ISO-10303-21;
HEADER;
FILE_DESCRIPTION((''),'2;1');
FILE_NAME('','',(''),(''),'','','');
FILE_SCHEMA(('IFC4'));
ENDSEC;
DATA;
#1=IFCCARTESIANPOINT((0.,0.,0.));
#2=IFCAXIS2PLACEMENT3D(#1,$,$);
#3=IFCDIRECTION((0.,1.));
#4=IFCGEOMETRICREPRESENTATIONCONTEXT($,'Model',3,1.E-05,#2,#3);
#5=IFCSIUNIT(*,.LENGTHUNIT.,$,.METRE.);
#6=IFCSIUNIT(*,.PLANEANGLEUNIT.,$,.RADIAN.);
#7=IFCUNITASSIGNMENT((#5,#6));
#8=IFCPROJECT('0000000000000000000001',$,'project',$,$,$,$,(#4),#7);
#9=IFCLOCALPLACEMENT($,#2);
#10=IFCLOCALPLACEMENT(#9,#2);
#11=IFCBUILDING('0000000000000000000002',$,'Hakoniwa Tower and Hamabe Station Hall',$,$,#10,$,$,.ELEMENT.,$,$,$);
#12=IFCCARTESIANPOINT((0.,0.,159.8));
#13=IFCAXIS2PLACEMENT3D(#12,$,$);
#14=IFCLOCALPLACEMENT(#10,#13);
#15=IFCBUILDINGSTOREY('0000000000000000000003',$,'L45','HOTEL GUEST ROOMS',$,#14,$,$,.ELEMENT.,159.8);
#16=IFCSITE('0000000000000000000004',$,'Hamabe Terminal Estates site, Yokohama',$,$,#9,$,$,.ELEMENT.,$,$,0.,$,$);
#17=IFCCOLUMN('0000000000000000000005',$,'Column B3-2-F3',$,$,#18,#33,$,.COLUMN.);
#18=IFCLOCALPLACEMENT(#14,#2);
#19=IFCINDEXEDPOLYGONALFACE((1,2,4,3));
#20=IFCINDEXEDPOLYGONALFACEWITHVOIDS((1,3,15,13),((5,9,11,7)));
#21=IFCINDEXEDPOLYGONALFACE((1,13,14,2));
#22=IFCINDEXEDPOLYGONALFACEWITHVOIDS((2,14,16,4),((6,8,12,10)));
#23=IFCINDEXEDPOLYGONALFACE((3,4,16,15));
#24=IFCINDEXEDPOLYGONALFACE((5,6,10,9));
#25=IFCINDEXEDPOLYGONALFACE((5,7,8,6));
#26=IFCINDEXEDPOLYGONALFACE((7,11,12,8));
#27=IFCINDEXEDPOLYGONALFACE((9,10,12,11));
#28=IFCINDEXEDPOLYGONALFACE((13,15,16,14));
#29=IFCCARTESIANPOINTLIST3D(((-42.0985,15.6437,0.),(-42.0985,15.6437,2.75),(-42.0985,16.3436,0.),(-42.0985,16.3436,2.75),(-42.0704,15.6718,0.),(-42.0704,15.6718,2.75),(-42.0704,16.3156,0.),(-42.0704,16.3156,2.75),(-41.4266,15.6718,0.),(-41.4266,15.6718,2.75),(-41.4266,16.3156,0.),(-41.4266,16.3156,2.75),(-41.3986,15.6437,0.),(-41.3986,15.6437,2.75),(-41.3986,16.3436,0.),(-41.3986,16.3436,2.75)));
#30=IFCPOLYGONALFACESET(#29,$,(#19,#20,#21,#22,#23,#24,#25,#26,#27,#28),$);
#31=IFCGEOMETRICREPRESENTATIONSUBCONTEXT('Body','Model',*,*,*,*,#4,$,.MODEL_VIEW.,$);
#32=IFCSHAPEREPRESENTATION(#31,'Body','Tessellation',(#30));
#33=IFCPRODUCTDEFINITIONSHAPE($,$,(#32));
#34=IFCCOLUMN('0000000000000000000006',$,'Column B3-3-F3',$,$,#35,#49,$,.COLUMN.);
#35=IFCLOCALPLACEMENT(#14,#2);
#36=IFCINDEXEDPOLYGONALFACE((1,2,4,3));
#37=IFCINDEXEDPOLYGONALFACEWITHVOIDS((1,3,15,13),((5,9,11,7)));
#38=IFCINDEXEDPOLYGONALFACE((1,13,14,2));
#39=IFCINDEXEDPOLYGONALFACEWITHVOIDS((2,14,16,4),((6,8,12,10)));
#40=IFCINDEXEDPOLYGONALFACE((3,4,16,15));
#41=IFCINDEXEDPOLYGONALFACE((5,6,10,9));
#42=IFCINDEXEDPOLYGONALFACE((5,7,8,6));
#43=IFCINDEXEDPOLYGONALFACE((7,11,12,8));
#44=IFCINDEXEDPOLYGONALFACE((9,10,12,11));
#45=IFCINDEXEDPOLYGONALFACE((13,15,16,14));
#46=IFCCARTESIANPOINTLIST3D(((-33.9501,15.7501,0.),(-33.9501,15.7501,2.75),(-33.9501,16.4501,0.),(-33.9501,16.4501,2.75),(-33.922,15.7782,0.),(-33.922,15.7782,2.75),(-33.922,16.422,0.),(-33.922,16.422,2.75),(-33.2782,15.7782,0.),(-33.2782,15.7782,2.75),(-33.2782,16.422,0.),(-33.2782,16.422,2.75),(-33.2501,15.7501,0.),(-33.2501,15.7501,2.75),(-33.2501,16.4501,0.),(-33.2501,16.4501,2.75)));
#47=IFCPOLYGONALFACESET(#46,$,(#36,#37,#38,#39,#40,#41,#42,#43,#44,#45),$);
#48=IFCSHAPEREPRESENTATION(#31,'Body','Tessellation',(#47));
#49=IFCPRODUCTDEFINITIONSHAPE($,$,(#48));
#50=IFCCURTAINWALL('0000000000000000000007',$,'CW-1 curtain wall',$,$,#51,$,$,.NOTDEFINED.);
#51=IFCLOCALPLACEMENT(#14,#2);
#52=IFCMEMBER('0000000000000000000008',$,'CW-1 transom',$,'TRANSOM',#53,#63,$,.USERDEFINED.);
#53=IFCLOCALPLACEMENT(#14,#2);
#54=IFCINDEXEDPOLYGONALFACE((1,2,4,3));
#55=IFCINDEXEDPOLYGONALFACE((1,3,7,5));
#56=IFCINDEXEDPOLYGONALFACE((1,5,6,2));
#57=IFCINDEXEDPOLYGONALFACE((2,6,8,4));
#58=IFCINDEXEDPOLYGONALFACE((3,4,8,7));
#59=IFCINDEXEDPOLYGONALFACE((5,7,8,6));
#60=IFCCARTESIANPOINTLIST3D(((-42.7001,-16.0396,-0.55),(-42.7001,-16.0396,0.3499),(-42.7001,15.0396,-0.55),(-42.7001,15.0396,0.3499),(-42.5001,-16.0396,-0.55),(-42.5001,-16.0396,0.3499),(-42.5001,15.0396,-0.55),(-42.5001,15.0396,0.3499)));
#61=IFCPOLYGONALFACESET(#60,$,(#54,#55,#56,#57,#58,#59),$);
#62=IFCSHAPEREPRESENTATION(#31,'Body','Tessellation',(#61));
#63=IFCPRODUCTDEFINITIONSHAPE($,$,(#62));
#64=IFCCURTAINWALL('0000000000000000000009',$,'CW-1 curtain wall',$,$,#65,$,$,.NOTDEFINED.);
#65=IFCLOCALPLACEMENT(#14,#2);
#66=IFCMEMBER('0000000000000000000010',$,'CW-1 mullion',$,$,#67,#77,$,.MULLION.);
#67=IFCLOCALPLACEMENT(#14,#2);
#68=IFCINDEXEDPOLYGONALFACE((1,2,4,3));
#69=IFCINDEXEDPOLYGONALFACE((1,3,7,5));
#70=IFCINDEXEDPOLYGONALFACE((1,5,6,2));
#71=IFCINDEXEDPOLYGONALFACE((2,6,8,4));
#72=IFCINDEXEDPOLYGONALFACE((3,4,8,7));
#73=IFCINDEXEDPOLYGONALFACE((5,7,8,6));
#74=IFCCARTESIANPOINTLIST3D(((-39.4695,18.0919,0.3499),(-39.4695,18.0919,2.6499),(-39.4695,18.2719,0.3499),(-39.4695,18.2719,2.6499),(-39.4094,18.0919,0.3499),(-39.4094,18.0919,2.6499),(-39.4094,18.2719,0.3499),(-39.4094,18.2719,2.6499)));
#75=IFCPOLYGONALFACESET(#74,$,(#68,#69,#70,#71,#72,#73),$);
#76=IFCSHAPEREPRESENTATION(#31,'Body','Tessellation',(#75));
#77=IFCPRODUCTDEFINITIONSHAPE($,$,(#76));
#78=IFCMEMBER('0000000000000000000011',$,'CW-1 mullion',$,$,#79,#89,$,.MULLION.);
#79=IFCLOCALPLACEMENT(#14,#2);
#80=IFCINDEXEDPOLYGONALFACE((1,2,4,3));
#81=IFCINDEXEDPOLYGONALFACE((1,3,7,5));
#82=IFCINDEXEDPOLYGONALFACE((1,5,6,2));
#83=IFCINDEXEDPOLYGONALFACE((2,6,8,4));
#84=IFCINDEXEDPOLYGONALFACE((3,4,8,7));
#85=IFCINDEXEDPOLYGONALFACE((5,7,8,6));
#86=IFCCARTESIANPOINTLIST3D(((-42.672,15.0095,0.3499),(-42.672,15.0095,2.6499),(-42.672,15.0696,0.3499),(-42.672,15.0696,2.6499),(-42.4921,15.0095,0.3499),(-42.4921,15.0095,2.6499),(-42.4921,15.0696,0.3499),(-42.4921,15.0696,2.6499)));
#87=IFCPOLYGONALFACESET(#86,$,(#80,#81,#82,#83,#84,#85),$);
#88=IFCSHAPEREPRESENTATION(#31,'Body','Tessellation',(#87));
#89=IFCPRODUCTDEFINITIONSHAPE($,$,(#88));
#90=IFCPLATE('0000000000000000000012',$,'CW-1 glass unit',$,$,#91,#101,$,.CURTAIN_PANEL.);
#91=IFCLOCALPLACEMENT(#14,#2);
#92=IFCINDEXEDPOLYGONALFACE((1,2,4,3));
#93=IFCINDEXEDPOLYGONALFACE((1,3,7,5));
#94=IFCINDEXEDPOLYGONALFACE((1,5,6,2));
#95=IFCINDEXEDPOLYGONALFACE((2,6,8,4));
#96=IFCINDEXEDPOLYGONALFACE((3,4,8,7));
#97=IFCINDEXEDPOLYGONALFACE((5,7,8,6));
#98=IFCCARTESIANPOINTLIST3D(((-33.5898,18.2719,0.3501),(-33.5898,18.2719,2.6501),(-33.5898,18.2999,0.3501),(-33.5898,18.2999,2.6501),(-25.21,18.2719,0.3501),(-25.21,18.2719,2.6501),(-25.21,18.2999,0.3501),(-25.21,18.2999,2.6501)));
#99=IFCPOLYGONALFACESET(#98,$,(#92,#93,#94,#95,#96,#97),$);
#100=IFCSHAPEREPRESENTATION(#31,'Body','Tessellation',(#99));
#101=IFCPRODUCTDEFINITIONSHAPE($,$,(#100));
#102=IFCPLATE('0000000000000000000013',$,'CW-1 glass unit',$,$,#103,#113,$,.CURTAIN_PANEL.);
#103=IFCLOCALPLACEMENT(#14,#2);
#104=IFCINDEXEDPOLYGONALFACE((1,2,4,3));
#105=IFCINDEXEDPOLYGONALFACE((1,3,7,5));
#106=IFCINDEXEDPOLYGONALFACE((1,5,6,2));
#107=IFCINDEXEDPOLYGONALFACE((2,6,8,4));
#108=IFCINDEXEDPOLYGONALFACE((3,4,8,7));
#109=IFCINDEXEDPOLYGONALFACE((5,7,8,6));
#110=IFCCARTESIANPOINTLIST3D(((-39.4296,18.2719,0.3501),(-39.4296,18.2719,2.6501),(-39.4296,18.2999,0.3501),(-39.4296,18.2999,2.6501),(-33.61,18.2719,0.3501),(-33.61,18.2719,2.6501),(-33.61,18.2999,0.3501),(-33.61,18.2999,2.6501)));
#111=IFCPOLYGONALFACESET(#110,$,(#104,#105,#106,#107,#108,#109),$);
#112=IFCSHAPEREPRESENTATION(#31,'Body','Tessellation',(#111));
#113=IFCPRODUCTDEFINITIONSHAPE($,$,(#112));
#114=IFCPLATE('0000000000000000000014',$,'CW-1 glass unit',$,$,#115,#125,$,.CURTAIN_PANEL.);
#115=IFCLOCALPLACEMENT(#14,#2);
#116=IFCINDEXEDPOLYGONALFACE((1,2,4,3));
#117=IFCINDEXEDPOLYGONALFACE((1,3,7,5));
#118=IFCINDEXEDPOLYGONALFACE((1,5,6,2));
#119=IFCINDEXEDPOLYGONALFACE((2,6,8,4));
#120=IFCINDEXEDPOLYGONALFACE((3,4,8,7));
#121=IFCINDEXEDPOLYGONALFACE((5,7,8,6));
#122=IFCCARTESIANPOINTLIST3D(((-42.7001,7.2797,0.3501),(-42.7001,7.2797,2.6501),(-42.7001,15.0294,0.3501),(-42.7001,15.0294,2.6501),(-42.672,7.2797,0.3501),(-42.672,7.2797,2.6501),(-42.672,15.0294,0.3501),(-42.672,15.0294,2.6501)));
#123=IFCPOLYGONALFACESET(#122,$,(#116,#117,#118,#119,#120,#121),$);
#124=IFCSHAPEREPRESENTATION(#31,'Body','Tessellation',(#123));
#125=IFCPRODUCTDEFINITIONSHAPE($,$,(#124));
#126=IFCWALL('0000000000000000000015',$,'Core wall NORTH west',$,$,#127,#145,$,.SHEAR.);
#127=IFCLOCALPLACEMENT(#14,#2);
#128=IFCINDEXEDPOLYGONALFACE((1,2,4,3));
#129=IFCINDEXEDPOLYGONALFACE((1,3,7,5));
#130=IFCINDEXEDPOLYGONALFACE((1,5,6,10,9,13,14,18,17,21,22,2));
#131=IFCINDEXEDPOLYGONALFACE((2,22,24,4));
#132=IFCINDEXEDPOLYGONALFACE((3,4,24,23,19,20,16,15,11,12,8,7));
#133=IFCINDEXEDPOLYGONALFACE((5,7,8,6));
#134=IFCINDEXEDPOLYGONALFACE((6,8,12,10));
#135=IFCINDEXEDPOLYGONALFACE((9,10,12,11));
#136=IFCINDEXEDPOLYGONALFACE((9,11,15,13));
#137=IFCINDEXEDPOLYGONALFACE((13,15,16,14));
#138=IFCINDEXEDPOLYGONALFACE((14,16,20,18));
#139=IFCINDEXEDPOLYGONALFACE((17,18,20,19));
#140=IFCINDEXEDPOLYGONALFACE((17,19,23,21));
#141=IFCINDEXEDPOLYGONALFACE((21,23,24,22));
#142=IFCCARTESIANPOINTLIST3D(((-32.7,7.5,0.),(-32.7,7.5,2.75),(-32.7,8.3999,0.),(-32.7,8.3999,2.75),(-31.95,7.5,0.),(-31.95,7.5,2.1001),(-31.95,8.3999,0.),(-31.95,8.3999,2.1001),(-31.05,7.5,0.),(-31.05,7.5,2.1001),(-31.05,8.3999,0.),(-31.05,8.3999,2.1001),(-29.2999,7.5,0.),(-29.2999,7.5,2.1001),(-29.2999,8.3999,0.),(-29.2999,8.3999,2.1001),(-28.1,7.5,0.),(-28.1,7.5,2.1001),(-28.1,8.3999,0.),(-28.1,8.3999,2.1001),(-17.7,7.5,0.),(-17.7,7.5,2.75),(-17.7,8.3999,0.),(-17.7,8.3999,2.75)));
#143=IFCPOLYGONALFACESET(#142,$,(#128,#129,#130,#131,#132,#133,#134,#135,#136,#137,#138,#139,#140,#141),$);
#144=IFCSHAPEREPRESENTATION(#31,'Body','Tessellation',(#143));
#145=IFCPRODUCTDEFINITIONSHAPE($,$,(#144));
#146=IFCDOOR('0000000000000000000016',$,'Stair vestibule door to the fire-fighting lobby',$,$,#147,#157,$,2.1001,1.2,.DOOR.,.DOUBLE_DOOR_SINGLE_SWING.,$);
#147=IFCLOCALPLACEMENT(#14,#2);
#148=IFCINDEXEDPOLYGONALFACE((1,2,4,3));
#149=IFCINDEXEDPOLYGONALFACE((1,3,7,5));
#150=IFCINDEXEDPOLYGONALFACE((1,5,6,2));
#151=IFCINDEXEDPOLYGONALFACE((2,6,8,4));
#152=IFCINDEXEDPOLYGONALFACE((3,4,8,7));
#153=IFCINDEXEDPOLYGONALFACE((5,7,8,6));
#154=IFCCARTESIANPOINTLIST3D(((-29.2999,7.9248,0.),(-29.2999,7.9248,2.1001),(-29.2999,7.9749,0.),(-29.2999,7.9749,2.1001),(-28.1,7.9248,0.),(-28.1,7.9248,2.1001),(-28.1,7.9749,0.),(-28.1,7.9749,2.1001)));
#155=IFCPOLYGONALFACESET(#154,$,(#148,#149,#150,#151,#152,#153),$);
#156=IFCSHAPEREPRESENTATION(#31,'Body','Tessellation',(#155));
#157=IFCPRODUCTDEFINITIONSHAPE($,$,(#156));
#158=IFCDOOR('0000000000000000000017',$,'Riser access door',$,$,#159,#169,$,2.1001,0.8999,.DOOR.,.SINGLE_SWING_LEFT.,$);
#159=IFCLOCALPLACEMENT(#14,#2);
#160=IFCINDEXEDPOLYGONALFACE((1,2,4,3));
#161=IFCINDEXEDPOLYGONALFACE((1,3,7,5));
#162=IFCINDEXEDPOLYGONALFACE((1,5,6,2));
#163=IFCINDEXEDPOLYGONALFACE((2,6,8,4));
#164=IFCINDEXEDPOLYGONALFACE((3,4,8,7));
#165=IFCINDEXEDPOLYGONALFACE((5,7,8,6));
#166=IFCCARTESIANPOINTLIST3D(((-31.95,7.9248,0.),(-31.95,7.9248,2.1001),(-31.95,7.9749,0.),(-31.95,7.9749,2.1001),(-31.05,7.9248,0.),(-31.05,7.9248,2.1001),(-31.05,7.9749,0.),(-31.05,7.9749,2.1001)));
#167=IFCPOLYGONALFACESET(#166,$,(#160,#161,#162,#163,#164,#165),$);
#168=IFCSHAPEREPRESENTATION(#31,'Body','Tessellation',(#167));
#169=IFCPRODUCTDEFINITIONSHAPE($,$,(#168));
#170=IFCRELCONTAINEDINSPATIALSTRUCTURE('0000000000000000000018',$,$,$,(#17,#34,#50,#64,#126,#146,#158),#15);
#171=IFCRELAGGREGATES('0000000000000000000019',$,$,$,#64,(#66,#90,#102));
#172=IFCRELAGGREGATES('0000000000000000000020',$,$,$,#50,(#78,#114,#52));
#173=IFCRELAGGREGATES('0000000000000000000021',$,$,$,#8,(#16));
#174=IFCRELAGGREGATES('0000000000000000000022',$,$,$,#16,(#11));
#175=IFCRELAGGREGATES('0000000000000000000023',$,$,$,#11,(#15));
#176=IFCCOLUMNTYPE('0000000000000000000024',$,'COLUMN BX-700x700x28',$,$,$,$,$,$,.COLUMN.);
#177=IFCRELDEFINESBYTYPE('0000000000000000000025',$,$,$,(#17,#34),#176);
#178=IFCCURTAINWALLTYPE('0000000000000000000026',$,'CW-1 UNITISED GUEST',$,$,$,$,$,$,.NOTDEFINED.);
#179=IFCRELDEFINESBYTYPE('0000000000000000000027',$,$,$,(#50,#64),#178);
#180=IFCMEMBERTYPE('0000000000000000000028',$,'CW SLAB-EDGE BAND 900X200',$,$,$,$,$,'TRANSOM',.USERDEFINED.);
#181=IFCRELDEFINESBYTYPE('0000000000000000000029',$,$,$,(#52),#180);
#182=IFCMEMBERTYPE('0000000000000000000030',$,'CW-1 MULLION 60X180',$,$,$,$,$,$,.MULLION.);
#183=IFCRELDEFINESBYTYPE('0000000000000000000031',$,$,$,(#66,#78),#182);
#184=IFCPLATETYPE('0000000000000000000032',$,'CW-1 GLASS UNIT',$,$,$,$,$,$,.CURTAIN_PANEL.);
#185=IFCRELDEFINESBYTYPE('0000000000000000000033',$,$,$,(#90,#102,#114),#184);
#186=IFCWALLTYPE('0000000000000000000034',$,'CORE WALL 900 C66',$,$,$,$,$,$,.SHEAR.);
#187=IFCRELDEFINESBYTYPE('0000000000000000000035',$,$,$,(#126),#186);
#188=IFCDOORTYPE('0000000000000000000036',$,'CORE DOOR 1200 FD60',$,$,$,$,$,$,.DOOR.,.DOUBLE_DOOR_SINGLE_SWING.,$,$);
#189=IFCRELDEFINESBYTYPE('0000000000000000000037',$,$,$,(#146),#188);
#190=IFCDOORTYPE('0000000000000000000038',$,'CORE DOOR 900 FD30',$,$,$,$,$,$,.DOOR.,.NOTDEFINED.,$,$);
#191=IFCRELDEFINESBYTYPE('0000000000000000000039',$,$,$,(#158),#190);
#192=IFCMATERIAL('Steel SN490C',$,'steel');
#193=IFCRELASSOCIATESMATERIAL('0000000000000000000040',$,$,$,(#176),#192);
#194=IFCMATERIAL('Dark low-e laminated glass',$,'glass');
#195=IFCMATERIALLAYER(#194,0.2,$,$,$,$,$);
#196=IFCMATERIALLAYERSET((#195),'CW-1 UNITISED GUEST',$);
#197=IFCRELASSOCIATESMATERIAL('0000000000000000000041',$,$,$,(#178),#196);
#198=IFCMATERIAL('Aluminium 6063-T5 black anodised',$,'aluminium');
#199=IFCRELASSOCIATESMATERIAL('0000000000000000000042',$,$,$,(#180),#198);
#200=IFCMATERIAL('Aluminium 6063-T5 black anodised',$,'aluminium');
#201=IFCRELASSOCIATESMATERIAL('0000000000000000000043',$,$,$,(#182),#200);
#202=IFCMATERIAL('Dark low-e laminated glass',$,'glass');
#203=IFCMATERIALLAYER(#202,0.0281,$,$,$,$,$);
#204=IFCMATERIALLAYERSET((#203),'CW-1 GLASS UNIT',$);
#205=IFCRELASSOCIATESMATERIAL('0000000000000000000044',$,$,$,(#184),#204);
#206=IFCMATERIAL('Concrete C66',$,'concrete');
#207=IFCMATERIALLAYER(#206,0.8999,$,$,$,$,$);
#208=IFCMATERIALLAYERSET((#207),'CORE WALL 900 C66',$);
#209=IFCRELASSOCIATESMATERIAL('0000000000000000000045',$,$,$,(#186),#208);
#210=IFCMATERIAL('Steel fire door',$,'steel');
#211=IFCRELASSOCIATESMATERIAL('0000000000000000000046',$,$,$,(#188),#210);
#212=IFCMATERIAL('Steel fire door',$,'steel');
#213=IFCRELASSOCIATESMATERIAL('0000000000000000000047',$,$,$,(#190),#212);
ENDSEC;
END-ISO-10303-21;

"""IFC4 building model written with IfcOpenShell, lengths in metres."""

from ifc_helpers import new_model, si_unit, direction, frame, frame_2d, origin, origin_2d, place, context, subcontext, project, spatial, rectangle, hollow_rectangle, extrude, material, layer, layer_set, material_profile, profile_set, type_object, element, fill, aggregate, save


model = new_model("IFC4")

# Units and contexts
model_context = context("Model", 3, precision=1e-05, world=origin(), true_north=direction((0.0, 1.0)))
body_context = subcontext(model_context, "Body", "Model", "MODEL_VIEW")
ifc_project = project(units=[si_unit("LENGTHUNIT", "METRE"), si_unit("PLANEANGLEUNIT", "RADIAN")], contexts=[model_context])

# Site, building, storey
site_placement = place(None, origin())
site = spatial("IfcSite", under=ifc_project, at=site_placement, Name="Hamabe Terminal Estates site, Yokohama", CompositionType="ELEMENT", RefElevation=0.0)
building_placement = place(site_placement, origin())
building = spatial("IfcBuilding", under=site, at=building_placement, Name="Hakoniwa Tower and Hamabe Station Hall", CompositionType="ELEMENT")
storey_placement = place(building_placement, frame((0.0, 0.0, 159.8)))
storey = spatial("IfcBuildingStorey", under=building, at=storey_placement, Name="L45", Description="HOTEL GUEST ROOMS", CompositionType="ELEMENT", Elevation=159.8)

# Columns
ifc_material_1 = material(Name="Steel SN490C", Category="steel")
ifc_material_profile_1 = material_profile(ifc_material_1, hollow_rectangle(XDim=0.7, YDim=0.7, WallThickness=0.0281, at=origin_2d()), Name="BX-700x700x28")
ifc_profile_set_1 = profile_set([ifc_material_profile_1], Name="Steel SN490C")
column_type = type_object("IfcColumnType", Name="COLUMN BX-700x700x28", PredefinedType="COLUMN", material=ifc_profile_set_1)
for number, where, z_axis, x_axis, name in (
    (1, (-41.7485, 15.9937, 0.0), (0.0, 0.0, 1.0), (1.0, 0.0, 0.0), "Column B3-2-F3"),
    (2, (-33.6001, 16.1001, 0.0), (0.0, 0.0, 1.0), (1.0, 0.0, 0.0), "Column B3-3-F3"),
):
    element("IfcColumn", number, at=place(storey_placement, frame(where, z_axis=z_axis, x_axis=x_axis)), inside=storey, type_object=column_type, Name=name, PredefinedType="COLUMN", context=body_context, shape_type="SweptSolid", body=[
        extrude(hollow_rectangle(XDim=0.7, YDim=0.7, WallThickness=0.0281, at=origin_2d()), origin(), (0.0, 0.0, 1.0), 2.75),
    ])

# Curtain walls, members
ifc_material_2 = material(Name="Dark low-e laminated glass", Category="glass")
ifc_layer_1 = layer(ifc_material_2, 0.2)
ifc_layer_set_1 = layer_set([ifc_layer_1], Name="CW-1 UNITISED GUEST")
curtain_wall_type = type_object("IfcCurtainWallType", Name="CW-1 UNITISED GUEST", PredefinedType="NOTDEFINED", material=ifc_layer_set_1)
curtain_wall_1_placement = place(storey_placement, origin())
curtain_wall_1 = element("IfcCurtainWall", 3, at=curtain_wall_1_placement, inside=storey, type_object=curtain_wall_type, Name="CW-1 curtain wall", PredefinedType="NOTDEFINED")
ifc_material_3 = material(Name="Aluminium 6063-T5 black anodised", Category="aluminium")
ifc_material_profile_2 = material_profile(ifc_material_3, rectangle(XDim=0.2, YDim=0.8999, at=origin_2d()), Name="CW SLAB-EDGE BAND 900X200")
ifc_profile_set_2 = profile_set([ifc_material_profile_2], Name="Aluminium 6063-T5 black anodised")
member_type_1 = type_object("IfcMemberType", Name="CW SLAB-EDGE BAND 900X200", ElementType="TRANSOM", PredefinedType="USERDEFINED", material=ifc_profile_set_2)
member_1_placement = place(storey_placement, frame((-42.6001, 15.0396, -0.1001), z_axis=(0.0, -1.0, 0.0), x_axis=(1.0, 0.0, 0.0)))
member_1 = element("IfcMember", 4, at=member_1_placement, type_object=member_type_1, Name="CW-1 transom", ObjectType="TRANSOM", PredefinedType="USERDEFINED", context=body_context, shape_type="SweptSolid", body=[
    extrude(rectangle(XDim=0.2, YDim=0.8999, at=origin_2d()), origin(), (0.0, 0.0, 1.0), 31.0791),
])
curtain_wall_2_placement = place(storey_placement, origin())
curtain_wall_2 = element("IfcCurtainWall", 5, at=curtain_wall_2_placement, inside=storey, type_object=curtain_wall_type, Name="CW-1 curtain wall", PredefinedType="NOTDEFINED")
ifc_material_4 = material(Name="Aluminium 6063-T5 black anodised", Category="aluminium")
ifc_material_profile_3 = material_profile(ifc_material_4, rectangle(XDim=0.0601, YDim=0.1799, at=origin_2d()), Name="CW-1 MULLION 60X180")
ifc_profile_set_3 = profile_set([ifc_material_profile_3], Name="Aluminium 6063-T5 black anodised")
member_type_2 = type_object("IfcMemberType", Name="CW-1 MULLION 60X180", PredefinedType="MULLION", material=ifc_profile_set_3)
member_2_placement = place(storey_placement, frame((-39.4395, 18.1819, 0.3499), z_axis=(0.0, 0.0, 1.0), x_axis=(-1.0, 0.0, 0.0)))
member_2 = element("IfcMember", 6, at=member_2_placement, type_object=member_type_2, Name="CW-1 mullion", PredefinedType="MULLION", context=body_context, shape_type="SweptSolid", body=[
    extrude(rectangle(XDim=0.0601, YDim=0.1799, at=origin_2d()), origin(), (0.0, 0.0, 1.0), 2.3),
])

# Member
member_3_placement = place(storey_placement, frame((-42.582, 15.0396, 0.3499), z_axis=(0.0, 0.0, 1.0), x_axis=(0.0, -1.0, 0.0)))
member_3 = element("IfcMember", 7, at=member_3_placement, type_object=member_type_2, Name="CW-1 mullion", PredefinedType="MULLION", context=body_context, shape_type="SweptSolid", body=[
    extrude(rectangle(XDim=0.0601, YDim=0.1799, at=origin_2d()), origin(), (0.0, 0.0, 1.0), 2.3),
])

# Plates
ifc_material_5 = material(Name="Dark low-e laminated glass", Category="glass")
ifc_layer_2 = layer(ifc_material_5, 0.0281)
ifc_layer_set_2 = layer_set([ifc_layer_2], Name="CW-1 GLASS UNIT")
plate_type = type_object("IfcPlateType", Name="CW-1 GLASS UNIT", PredefinedType="CURTAIN_PANEL", material=ifc_layer_set_2)
plate_1_placement = place(storey_placement, frame((-29.3999, 18.2859, 0.3501), z_axis=(0.0, 0.0, 1.0), x_axis=(-1.0, 0.0, 0.0)))
plate_1 = element("IfcPlate", 8, at=plate_1_placement, type_object=plate_type, Name="CW-1 glass unit", PredefinedType="CURTAIN_PANEL", context=body_context, shape_type="SweptSolid", body=[
    extrude(rectangle(XDim=8.3799, YDim=0.0281, at=origin_2d()), origin(), (0.0, 0.0, 1.0), 2.3),
])
plate_2_placement = place(storey_placement, frame((-36.5198, 18.2859, 0.3501), z_axis=(0.0, 0.0, 1.0), x_axis=(-1.0, 0.0, 0.0)))
plate_2 = element("IfcPlate", 9, at=plate_2_placement, type_object=plate_type, Name="CW-1 glass unit", PredefinedType="CURTAIN_PANEL", context=body_context, shape_type="SweptSolid", body=[
    extrude(rectangle(XDim=5.8196, YDim=0.0281, at=origin_2d()), origin(), (0.0, 0.0, 1.0), 2.3),
])
aggregate(curtain_wall_2, [member_2, plate_1, plate_2])
plate_3_placement = place(storey_placement, frame((-42.686, 11.1545, 0.3501), z_axis=(0.0, 0.0, 1.0), x_axis=(0.0, -1.0, 0.0)))
plate_3 = element("IfcPlate", 10, at=plate_3_placement, type_object=plate_type, Name="CW-1 glass unit", PredefinedType="CURTAIN_PANEL", context=body_context, shape_type="SweptSolid", body=[
    extrude(rectangle(XDim=7.7498, YDim=0.0281, at=origin_2d()), origin(), (0.0, 0.0, 1.0), 2.3),
])
aggregate(curtain_wall_1, [member_3, plate_3, member_1])

# Wall, openings, doors
ifc_material_6 = material(Name="Concrete C66", Category="concrete")
ifc_layer_3 = layer(ifc_material_6, 0.8999)
ifc_layer_set_3 = layer_set([ifc_layer_3], Name="CORE WALL 900 C66")
wall_type_1 = type_object("IfcWallType", Name="CORE WALL 900 C66", PredefinedType="SHEAR", material=ifc_layer_set_3)
wall_1_placement = place(storey_placement, frame((-32.7, 7.95, 0.0), z_axis=(0.0, 0.0, 1.0), x_axis=(1.0, 0.0, 0.0)))
wall_1 = element("IfcWall", 11, at=wall_1_placement, inside=storey, type_object=wall_type_1, Name="Core wall NORTH west", PredefinedType="SHEAR", context=body_context, shape_type="SweptSolid", body=[
    extrude(rectangle(XDim=15.0, YDim=0.8999, at=frame_2d((7.5, 0.0))), origin(), (0.0, 0.0, 1.0), 2.75),
])
opening_1_placement = place(wall_1_placement, frame((3.3999, 0.0, 0.0)))
opening_1 = element("IfcOpeningElement", 12, at=opening_1_placement, cuts=wall_1, PredefinedType="OPENING", context=body_context, shape_type="SweptSolid", body=[
    extrude(rectangle(XDim=1.2, YDim=2.1001, at=frame_2d((0.6001, 1.05))), frame((0.0, 0.46, 0.0), z_axis=(0.0, -1.0, 0.0), x_axis=(1.0, 0.0, 0.0)), (0.0, 0.0, 1.0), 0.9199),
])
opening_2_placement = place(wall_1_placement, frame((0.75, 0.0, 0.0)))
opening_2 = element("IfcOpeningElement", 13, at=opening_2_placement, cuts=wall_1, PredefinedType="OPENING", context=body_context, shape_type="SweptSolid", body=[
    extrude(rectangle(XDim=0.8999, YDim=2.1001, at=frame_2d((0.45, 1.05))), frame((0.0, 0.46, 0.0), z_axis=(0.0, -1.0, 0.0), x_axis=(1.0, 0.0, 0.0)), (0.0, 0.0, 1.0), 0.9199),
])
ifc_material_7 = material(Name="Steel fire door", Category="steel")
door_type_1 = type_object("IfcDoorType", Name="CORE DOOR 1200 FD60", OperationType="DOUBLE_DOOR_SINGLE_SWING", PredefinedType="DOOR", material=ifc_material_7)
door_1_placement = place(opening_1_placement, origin())
door_1 = element("IfcDoor", 14, at=door_1_placement, inside=storey, type_object=door_type_1, Name="Stair vestibule door to the fire-fighting lobby", OperationType="DOUBLE_DOOR_SINGLE_SWING", OverallHeight=2.1001, OverallWidth=1.2, PredefinedType="DOOR", context=body_context, shape_type="SweptSolid", body=[
    extrude(rectangle(XDim=1.2, YDim=2.1001, at=frame_2d((0.6001, 1.05))), frame((0.0, 0.0249, 0.0), z_axis=(0.0, -1.0, 0.0), x_axis=(1.0, 0.0, 0.0)), (0.0, 0.0, 1.0), 0.05),
])
fill(opening_1, door_1)
ifc_material_8 = material(Name="Steel fire door", Category="steel")
door_type_2 = type_object("IfcDoorType", Name="CORE DOOR 900 FD30", OperationType="NOTDEFINED", PredefinedType="DOOR", material=ifc_material_8)
door_2_placement = place(opening_2_placement, origin())
door_2 = element("IfcDoor", 15, at=door_2_placement, inside=storey, type_object=door_type_2, Name="Riser access door", OperationType="SINGLE_SWING_LEFT", OverallHeight=2.1001, OverallWidth=0.8999, PredefinedType="DOOR", context=body_context, shape_type="SweptSolid", body=[
    extrude(rectangle(XDim=0.8999, YDim=2.1001, at=frame_2d((0.45, 1.05))), frame((0.0, 0.0249, 0.0), z_axis=(0.0, -1.0, 0.0), x_axis=(1.0, 0.0, 0.0)), (0.0, 0.0, 1.0), 0.05),
])
fill(opening_2, door_2)

save(model, "model.ifc")
